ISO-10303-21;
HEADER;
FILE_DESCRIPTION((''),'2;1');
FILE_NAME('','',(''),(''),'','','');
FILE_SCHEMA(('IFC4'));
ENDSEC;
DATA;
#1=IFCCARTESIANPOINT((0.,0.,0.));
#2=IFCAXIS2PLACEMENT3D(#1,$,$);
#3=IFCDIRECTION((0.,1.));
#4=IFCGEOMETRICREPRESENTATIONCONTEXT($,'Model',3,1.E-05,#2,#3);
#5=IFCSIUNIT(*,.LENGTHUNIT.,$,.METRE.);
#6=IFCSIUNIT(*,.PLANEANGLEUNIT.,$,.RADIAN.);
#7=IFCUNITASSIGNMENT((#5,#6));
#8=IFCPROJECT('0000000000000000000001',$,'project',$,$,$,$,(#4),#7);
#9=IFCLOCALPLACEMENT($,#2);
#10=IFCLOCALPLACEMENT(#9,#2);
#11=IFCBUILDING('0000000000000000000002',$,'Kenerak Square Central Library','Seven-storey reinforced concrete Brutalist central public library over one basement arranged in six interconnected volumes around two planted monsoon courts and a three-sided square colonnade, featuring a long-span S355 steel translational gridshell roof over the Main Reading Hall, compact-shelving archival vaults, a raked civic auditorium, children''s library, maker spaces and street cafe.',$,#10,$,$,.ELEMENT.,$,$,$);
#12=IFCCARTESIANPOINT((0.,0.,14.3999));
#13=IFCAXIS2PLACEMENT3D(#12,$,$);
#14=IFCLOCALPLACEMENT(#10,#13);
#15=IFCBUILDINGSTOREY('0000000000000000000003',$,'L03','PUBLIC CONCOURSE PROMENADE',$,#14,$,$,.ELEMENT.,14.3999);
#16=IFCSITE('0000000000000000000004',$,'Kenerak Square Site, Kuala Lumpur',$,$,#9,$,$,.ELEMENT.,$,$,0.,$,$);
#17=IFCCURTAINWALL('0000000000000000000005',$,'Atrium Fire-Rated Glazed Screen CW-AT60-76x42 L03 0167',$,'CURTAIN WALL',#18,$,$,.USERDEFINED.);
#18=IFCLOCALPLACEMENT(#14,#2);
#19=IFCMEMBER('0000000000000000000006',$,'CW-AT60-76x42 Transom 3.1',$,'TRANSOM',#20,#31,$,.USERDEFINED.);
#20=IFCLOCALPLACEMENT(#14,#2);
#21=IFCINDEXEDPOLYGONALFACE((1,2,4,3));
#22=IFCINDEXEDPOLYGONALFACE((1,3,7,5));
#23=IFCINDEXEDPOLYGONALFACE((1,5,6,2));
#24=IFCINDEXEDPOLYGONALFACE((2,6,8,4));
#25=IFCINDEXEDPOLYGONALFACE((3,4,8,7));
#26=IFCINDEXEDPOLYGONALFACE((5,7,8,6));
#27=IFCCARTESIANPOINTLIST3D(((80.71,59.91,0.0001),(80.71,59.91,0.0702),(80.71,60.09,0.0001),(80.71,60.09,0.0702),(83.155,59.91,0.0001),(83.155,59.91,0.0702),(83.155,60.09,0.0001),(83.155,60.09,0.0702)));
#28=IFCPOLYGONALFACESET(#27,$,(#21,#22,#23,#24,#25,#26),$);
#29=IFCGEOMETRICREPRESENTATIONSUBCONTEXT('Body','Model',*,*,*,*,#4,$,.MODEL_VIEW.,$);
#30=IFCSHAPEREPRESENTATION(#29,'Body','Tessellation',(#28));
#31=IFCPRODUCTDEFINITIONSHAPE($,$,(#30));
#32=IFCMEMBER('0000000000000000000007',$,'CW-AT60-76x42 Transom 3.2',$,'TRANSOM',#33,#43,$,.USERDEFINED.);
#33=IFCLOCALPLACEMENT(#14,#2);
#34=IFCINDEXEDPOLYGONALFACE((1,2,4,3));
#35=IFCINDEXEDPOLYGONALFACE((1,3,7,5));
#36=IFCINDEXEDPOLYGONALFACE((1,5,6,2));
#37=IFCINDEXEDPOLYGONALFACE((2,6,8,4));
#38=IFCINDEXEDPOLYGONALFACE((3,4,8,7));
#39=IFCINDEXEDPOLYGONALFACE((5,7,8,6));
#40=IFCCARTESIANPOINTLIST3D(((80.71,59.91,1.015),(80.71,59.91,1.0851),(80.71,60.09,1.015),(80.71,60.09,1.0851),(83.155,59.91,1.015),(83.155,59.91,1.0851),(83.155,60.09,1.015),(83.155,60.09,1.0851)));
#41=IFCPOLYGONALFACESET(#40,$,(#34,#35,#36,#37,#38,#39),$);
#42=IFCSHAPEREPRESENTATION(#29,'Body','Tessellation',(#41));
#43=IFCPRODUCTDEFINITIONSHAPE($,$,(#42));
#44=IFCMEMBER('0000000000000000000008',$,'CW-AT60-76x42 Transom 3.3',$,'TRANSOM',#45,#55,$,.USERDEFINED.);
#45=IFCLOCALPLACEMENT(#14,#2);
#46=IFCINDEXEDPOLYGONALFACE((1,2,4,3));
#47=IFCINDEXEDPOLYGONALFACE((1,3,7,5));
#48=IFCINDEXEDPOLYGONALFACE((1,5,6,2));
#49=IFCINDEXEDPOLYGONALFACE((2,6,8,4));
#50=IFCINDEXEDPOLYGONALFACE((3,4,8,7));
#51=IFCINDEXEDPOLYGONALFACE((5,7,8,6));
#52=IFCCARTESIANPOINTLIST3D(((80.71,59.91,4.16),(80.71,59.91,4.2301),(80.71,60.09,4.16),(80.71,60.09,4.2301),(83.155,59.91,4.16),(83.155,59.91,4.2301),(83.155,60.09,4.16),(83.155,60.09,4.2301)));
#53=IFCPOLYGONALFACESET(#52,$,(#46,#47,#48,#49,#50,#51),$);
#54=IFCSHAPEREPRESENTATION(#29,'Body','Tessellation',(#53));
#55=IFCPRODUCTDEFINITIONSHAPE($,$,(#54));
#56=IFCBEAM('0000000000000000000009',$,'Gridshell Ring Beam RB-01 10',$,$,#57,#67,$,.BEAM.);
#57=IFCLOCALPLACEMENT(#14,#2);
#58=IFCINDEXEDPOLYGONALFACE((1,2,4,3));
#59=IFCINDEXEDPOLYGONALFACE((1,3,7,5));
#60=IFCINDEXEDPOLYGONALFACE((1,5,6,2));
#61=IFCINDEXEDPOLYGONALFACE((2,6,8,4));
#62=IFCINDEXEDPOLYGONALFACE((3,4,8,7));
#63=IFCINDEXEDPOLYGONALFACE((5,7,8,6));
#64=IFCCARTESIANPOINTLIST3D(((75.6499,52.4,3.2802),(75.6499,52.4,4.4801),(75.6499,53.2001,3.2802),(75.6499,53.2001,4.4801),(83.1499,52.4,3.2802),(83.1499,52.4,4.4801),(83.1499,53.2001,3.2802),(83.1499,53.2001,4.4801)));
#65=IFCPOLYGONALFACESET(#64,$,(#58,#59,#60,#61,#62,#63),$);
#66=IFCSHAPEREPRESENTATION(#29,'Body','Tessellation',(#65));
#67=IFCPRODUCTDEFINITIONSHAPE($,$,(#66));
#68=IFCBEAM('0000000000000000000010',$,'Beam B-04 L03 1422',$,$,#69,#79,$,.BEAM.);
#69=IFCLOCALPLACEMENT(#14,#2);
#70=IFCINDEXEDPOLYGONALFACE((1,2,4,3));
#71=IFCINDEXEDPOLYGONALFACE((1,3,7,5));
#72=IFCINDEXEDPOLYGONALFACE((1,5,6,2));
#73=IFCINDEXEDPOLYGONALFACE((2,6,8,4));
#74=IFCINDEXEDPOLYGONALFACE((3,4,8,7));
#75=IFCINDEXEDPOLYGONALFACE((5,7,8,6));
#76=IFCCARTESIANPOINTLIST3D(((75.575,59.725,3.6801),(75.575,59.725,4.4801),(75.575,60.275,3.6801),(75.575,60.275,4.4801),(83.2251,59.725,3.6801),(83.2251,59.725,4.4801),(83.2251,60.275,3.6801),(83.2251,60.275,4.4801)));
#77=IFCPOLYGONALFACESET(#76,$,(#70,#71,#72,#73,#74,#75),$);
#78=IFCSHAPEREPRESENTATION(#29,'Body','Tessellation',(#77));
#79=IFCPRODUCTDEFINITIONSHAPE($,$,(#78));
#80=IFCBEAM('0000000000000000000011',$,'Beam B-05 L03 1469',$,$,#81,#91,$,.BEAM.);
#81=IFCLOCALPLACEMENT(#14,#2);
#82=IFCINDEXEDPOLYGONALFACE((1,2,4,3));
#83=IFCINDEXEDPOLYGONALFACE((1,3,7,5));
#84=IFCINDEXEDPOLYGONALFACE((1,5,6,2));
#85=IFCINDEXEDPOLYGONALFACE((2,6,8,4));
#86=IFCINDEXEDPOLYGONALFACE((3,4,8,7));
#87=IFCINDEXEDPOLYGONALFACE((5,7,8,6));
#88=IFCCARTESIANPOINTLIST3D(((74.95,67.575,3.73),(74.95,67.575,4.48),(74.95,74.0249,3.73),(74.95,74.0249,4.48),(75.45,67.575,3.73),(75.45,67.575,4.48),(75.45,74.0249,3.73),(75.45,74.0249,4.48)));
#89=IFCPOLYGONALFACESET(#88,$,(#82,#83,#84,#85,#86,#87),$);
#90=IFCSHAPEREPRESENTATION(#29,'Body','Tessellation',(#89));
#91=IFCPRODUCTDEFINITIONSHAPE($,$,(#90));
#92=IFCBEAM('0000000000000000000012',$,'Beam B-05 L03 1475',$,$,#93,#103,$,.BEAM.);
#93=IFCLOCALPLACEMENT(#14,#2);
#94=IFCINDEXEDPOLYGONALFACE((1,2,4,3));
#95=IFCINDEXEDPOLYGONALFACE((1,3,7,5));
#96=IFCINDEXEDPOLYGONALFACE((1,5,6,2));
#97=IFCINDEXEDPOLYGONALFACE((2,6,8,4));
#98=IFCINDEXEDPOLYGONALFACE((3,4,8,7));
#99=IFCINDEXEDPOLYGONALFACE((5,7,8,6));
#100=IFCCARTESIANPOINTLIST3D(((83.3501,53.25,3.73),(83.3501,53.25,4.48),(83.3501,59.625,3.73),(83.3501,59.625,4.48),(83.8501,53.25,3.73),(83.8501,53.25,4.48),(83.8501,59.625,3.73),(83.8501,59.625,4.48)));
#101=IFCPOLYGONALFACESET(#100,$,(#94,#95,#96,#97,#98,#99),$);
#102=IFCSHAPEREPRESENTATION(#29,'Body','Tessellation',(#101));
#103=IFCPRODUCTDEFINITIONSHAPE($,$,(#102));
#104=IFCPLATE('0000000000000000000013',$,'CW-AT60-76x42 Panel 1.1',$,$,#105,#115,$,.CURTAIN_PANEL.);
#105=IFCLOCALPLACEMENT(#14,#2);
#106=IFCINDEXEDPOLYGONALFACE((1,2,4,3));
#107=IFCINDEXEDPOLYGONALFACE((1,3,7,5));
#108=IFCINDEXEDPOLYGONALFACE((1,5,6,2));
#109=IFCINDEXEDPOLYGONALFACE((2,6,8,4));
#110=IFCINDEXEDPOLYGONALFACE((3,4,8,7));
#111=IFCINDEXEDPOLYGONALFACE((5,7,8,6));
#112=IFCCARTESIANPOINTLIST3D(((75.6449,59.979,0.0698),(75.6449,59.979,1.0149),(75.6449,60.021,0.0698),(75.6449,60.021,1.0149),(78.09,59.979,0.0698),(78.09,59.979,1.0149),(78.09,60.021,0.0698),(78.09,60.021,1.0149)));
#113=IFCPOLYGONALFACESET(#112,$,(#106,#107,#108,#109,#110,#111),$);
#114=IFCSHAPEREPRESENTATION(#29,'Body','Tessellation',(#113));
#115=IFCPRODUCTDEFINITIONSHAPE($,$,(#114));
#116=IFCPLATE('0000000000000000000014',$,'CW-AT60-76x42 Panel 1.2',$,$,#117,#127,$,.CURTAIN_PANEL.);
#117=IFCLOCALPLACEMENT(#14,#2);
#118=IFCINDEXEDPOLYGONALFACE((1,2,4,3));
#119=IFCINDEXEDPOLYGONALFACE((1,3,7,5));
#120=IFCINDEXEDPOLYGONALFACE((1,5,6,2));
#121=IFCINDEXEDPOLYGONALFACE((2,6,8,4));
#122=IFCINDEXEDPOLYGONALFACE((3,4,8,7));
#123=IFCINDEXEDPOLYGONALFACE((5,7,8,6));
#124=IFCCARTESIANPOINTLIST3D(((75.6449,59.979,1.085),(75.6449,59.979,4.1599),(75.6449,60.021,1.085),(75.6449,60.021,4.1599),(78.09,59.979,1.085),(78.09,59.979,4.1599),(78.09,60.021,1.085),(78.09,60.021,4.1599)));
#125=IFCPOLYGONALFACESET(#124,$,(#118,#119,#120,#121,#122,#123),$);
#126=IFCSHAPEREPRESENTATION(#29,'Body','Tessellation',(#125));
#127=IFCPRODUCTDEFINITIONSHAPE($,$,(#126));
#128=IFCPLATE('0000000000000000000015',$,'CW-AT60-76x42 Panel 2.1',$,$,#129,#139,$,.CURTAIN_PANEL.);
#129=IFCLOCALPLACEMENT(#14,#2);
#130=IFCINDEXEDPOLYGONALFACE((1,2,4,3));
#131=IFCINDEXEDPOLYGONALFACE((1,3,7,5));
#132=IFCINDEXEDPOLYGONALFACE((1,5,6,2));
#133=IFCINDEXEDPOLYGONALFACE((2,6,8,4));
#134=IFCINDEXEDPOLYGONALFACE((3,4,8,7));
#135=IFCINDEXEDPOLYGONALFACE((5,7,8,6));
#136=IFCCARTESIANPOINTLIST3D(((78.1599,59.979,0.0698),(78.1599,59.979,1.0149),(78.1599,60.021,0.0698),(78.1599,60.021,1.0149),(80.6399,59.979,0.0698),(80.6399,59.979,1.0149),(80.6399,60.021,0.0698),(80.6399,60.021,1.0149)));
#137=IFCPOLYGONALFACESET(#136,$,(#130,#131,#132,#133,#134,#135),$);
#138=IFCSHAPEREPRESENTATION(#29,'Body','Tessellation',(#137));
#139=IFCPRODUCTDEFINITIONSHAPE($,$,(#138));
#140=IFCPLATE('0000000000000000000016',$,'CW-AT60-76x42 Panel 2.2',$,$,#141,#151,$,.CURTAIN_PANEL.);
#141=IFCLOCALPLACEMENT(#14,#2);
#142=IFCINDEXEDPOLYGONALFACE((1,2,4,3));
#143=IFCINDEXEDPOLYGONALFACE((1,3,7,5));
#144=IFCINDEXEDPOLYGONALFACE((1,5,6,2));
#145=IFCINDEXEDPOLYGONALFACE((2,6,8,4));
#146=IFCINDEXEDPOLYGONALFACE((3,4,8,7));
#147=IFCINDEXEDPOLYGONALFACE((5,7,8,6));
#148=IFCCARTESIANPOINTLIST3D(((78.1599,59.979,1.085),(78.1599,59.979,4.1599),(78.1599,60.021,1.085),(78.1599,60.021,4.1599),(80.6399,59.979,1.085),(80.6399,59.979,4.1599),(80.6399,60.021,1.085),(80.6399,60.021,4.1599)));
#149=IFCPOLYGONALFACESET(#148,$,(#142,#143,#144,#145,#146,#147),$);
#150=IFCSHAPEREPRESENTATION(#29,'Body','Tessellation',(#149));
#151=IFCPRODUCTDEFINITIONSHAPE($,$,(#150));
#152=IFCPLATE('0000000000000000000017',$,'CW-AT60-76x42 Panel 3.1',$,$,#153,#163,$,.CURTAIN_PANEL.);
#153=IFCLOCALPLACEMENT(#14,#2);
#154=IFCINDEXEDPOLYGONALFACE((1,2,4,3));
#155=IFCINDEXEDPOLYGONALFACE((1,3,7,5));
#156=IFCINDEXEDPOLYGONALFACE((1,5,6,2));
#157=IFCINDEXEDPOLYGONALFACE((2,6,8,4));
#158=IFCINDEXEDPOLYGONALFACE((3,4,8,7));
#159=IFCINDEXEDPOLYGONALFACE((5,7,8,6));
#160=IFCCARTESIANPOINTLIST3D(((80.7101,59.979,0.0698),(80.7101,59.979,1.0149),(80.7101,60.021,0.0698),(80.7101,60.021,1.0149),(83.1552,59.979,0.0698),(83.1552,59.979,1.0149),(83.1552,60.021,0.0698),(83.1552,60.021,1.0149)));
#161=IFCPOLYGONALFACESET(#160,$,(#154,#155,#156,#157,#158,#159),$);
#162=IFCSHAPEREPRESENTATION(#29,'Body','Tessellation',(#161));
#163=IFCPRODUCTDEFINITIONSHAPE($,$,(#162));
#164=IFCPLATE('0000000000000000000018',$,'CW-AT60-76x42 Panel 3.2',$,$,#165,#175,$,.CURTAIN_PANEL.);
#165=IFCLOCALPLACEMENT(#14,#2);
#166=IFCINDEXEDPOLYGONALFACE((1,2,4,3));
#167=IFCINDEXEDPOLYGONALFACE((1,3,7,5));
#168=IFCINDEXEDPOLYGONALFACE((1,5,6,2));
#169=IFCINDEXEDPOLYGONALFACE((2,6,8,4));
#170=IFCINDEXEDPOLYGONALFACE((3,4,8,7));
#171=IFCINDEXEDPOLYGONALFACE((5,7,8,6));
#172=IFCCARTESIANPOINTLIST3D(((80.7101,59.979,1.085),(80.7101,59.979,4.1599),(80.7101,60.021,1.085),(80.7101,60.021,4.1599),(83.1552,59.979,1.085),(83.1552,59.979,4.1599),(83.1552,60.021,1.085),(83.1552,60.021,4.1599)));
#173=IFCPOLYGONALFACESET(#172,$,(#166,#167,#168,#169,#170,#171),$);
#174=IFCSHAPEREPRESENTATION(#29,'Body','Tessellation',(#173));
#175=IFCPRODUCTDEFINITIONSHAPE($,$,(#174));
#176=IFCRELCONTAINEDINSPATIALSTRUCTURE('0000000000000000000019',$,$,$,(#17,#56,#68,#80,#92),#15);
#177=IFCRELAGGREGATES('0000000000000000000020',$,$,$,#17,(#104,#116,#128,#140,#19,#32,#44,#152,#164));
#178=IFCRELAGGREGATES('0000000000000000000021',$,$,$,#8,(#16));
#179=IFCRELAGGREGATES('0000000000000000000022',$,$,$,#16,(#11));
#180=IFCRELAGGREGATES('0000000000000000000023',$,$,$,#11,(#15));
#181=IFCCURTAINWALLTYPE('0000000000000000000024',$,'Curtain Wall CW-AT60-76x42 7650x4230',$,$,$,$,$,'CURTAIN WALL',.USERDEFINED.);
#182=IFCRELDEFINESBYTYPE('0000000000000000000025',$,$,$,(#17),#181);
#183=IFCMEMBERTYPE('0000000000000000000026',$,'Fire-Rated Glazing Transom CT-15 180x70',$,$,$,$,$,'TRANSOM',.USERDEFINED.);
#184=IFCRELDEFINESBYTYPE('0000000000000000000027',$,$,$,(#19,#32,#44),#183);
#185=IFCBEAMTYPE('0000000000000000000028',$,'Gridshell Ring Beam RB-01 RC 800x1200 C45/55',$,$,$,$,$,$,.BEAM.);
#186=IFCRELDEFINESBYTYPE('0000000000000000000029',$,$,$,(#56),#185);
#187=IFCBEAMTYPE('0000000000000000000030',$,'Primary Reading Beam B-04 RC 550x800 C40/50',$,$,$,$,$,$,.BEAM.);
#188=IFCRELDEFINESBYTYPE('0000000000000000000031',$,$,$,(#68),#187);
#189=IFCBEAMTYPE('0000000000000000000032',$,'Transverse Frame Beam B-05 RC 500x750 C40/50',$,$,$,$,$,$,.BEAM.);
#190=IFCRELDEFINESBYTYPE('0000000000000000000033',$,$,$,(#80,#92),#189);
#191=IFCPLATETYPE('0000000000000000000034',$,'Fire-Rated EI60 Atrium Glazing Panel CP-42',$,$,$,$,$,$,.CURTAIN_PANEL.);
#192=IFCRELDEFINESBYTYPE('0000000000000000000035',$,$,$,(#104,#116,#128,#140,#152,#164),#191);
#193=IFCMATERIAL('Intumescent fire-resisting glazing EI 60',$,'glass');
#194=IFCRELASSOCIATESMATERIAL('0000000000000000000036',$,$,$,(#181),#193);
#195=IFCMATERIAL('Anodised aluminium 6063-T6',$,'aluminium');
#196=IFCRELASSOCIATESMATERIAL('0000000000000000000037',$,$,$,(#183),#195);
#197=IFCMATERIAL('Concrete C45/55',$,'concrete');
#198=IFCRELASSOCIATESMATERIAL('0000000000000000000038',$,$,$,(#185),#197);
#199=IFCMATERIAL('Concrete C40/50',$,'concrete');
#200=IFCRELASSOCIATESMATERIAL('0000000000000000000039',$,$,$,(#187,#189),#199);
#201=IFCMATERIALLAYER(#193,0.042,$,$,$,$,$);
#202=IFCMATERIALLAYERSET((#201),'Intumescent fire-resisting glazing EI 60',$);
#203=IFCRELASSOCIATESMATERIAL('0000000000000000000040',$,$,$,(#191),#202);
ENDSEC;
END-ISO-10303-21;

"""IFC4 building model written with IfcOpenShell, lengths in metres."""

from ifc_helpers import new_model, si_unit, direction, frame, origin, origin_2d, place, context, subcontext, project, spatial, rectangle, extrude, material, layer, layer_set, material_profile, profile_set, type_object, element, aggregate, save


model = new_model("IFC4")

# Units and contexts
model_context = context("Model", 3, precision=1e-05, world=origin(), true_north=direction((0.0, 1.0)))
body_context = subcontext(model_context, "Body", "Model", "MODEL_VIEW")
ifc_project = project(units=[si_unit("LENGTHUNIT", "METRE"), si_unit("PLANEANGLEUNIT", "RADIAN")], contexts=[model_context])

# Site, building, storey
site_placement = place(None, origin())
site = spatial("IfcSite", under=ifc_project, at=site_placement, Name="Kenerak Square Site, Kuala Lumpur", CompositionType="ELEMENT", RefElevation=0.0)
building_placement = place(site_placement, origin())
building = spatial("IfcBuilding", under=site, at=building_placement, Name="Kenerak Square Central Library", Description="Seven-storey reinforced concrete Brutalist central public library over one basement arranged in six interconnected volumes around two planted monsoon courts and a three-sided square colonnade, featuring a long-span S355 steel translational gridshell roof over the Main Reading Hall, compact-shelving archival vaults, a raked civic auditorium, children's library, maker spaces and street cafe.", CompositionType="ELEMENT")
storey_placement = place(building_placement, frame((0.0, 0.0, 14.3999)))
storey = spatial("IfcBuildingStorey", under=building, at=storey_placement, Name="L03", Description="PUBLIC CONCOURSE PROMENADE", CompositionType="ELEMENT", Elevation=14.3999)

# Shared definitions
ifc_material_1 = material(Name="Concrete C40/50", Category="concrete")
ifc_material_2 = material(Name="Concrete C45/55", Category="concrete")

# Curtain wall, members
ifc_material_3 = material(Name="Intumescent fire-resisting glazing EI 60", Category="glass")
curtain_wall_type = type_object("IfcCurtainWallType", Name="Curtain Wall CW-AT60-76x42 7650x4230", ElementType="CURTAIN WALL", PredefinedType="USERDEFINED", material=ifc_material_3)
curtain_wall_placement = place(storey_placement, origin())
curtain_wall = element("IfcCurtainWall", 1, at=curtain_wall_placement, inside=storey, type_object=curtain_wall_type, Name="Atrium Fire-Rated Glazed Screen CW-AT60-76x42 L03 0167", ObjectType="CURTAIN WALL", PredefinedType="USERDEFINED")
ifc_material_4 = material(Name="Anodised aluminium 6063-T6", Category="aluminium")
ifc_material_profile_1 = material_profile(ifc_material_4, rectangle(XDim=0.1799, YDim=0.0701, at=origin_2d()), Name="AL TRANSOM 180x70")
ifc_profile_set_1 = profile_set([ifc_material_profile_1], Name="Anodised aluminium 6063-T6")
member_type_1 = type_object("IfcMemberType", Name="Fire-Rated Glazing Transom CT-15 180x70", ElementType="TRANSOM", PredefinedType="USERDEFINED", material=ifc_profile_set_1)
member_1_placement = place(storey_placement, frame((80.71, 60.0, 0.0352), z_axis=(1.0, 0.0, 0.0), x_axis=(0.0, 1.0, 0.0)))
member_1 = element("IfcMember", 2, at=member_1_placement, type_object=member_type_1, Name="CW-AT60-76x42 Transom 3.1", ObjectType="TRANSOM", PredefinedType="USERDEFINED", context=body_context, shape_type="SweptSolid", body=[
    extrude(rectangle(XDim=0.1799, YDim=0.0701, at=origin_2d()), origin(), (0.0, 0.0, 1.0), 2.4451),
])
member_2_placement = place(storey_placement, frame((80.71, 60.0, 1.05), z_axis=(1.0, 0.0, 0.0), x_axis=(0.0, 1.0, 0.0)))
member_2 = element("IfcMember", 3, at=member_2_placement, type_object=member_type_1, Name="CW-AT60-76x42 Transom 3.2", ObjectType="TRANSOM", PredefinedType="USERDEFINED", context=body_context, shape_type="SweptSolid", body=[
    extrude(rectangle(XDim=0.1799, YDim=0.0701, at=origin_2d()), origin(), (0.0, 0.0, 1.0), 2.4451),
])
member_3_placement = place(storey_placement, frame((80.71, 60.0, 4.1951), z_axis=(1.0, 0.0, 0.0), x_axis=(0.0, 1.0, 0.0)))
member_3 = element("IfcMember", 4, at=member_3_placement, type_object=member_type_1, Name="CW-AT60-76x42 Transom 3.3", ObjectType="TRANSOM", PredefinedType="USERDEFINED", context=body_context, shape_type="SweptSolid", body=[
    extrude(rectangle(XDim=0.1799, YDim=0.0701, at=origin_2d()), origin(), (0.0, 0.0, 1.0), 2.4451),
])

# Beams
ifc_material_profile_2 = material_profile(ifc_material_2, rectangle(XDim=0.8, YDim=1.2, at=origin_2d()), Name="RC 800x1200")
ifc_profile_set_2 = profile_set([ifc_material_profile_2], Name="Concrete C45/55")
beam_type_1 = type_object("IfcBeamType", Name="Gridshell Ring Beam RB-01 RC 800x1200 C45/55", PredefinedType="BEAM", material=ifc_profile_set_2)
beam_1_placement = place(storey_placement, frame((75.6499, 52.8, 3.8801), z_axis=(1.0, 0.0, 0.0), x_axis=(0.0, 1.0, 0.0)))
element("IfcBeam", 5, at=beam_1_placement, inside=storey, type_object=beam_type_1, Name="Gridshell Ring Beam RB-01 10", PredefinedType="BEAM", context=body_context, shape_type="SweptSolid", body=[
    extrude(rectangle(XDim=0.8, YDim=1.2, at=origin_2d()), origin(), (0.0, 0.0, 1.0), 7.5),
])
ifc_material_profile_3 = material_profile(ifc_material_1, rectangle(XDim=0.55, YDim=0.8, at=origin_2d()), Name="RC 550x800")
ifc_profile_set_3 = profile_set([ifc_material_profile_3], Name="Concrete C40/50")
beam_type_2 = type_object("IfcBeamType", Name="Primary Reading Beam B-04 RC 550x800 C40/50", PredefinedType="BEAM", material=ifc_profile_set_3)
beam_2_placement = place(storey_placement, frame((75.575, 60.0, 4.0801), z_axis=(1.0, 0.0, 0.0), x_axis=(0.0, 1.0, 0.0)))
element("IfcBeam", 6, at=beam_2_placement, inside=storey, type_object=beam_type_2, Name="Beam B-04 L03 1422", PredefinedType="BEAM", context=body_context, shape_type="SweptSolid", body=[
    extrude(rectangle(XDim=0.55, YDim=0.8, at=origin_2d()), origin(), (0.0, 0.0, 1.0), 7.6501),
])
ifc_material_profile_4 = material_profile(ifc_material_1, rectangle(XDim=0.5, YDim=0.75, at=origin_2d()), Name="RC 500x750")
ifc_profile_set_4 = profile_set([ifc_material_profile_4], Name="Concrete C40/50")
beam_type_3 = type_object("IfcBeamType", Name="Transverse Frame Beam B-05 RC 500x750 C40/50", PredefinedType="BEAM", material=ifc_profile_set_4)
beam_3_placement = place(storey_placement, frame((75.2, 67.575, 4.105), z_axis=(0.0, 1.0, 0.0), x_axis=(-1.0, 0.0, 0.0)))
element("IfcBeam", 7, at=beam_3_placement, inside=storey, type_object=beam_type_3, Name="Beam B-05 L03 1469", PredefinedType="BEAM", context=body_context, shape_type="SweptSolid", body=[
    extrude(rectangle(XDim=0.5, YDim=0.75, at=origin_2d()), origin(), (0.0, 0.0, 1.0), 6.45),
])
beam_4_placement = place(storey_placement, frame((83.6001, 53.25, 4.105), z_axis=(0.0, 1.0, 0.0), x_axis=(-1.0, 0.0, 0.0)))
element("IfcBeam", 8, at=beam_4_placement, inside=storey, type_object=beam_type_3, Name="Beam B-05 L03 1475", PredefinedType="BEAM", context=body_context, shape_type="SweptSolid", body=[
    extrude(rectangle(XDim=0.5, YDim=0.75, at=origin_2d()), origin(), (0.0, 0.0, 1.0), 6.375),
])

# Plates
ifc_layer = layer(ifc_material_3, 0.042)
ifc_layer_set = layer_set([ifc_layer], Name="Intumescent fire-resisting glazing EI 60")
plate_type = type_object("IfcPlateType", Name="Fire-Rated EI60 Atrium Glazing Panel CP-42", PredefinedType="CURTAIN_PANEL", material=ifc_layer_set)
plate_1_placement = place(storey_placement, frame((76.8674, 60.0, 0.0698), z_axis=(0.0, 0.0, 1.0), x_axis=(1.0, 0.0, 0.0)))
plate_1 = element("IfcPlate", 9, at=plate_1_placement, type_object=plate_type, Name="CW-AT60-76x42 Panel 1.1", PredefinedType="CURTAIN_PANEL", context=body_context, shape_type="SweptSolid", body=[
    extrude(rectangle(XDim=2.4451, YDim=0.042, at=origin_2d()), origin(), (0.0, 0.0, 1.0), 0.9451),
])
plate_2_placement = place(storey_placement, frame((76.8674, 60.0, 1.085), z_axis=(0.0, 0.0, 1.0), x_axis=(1.0, 0.0, 0.0)))
plate_2 = element("IfcPlate", 10, at=plate_2_placement, type_object=plate_type, Name="CW-AT60-76x42 Panel 1.2", PredefinedType="CURTAIN_PANEL", context=body_context, shape_type="SweptSolid", body=[
    extrude(rectangle(XDim=2.4451, YDim=0.042, at=origin_2d()), origin(), (0.0, 0.0, 1.0), 3.075),
])
plate_3_placement = place(storey_placement, frame((79.3999, 60.0, 0.0698), z_axis=(0.0, 0.0, 1.0), x_axis=(1.0, 0.0, 0.0)))
plate_3 = element("IfcPlate", 11, at=plate_3_placement, type_object=plate_type, Name="CW-AT60-76x42 Panel 2.1", PredefinedType="CURTAIN_PANEL", context=body_context, shape_type="SweptSolid", body=[
    extrude(rectangle(XDim=2.48, YDim=0.042, at=origin_2d()), origin(), (0.0, 0.0, 1.0), 0.9451),
])
plate_4_placement = place(storey_placement, frame((79.3999, 60.0, 1.085), z_axis=(0.0, 0.0, 1.0), x_axis=(1.0, 0.0, 0.0)))
plate_4 = element("IfcPlate", 12, at=plate_4_placement, type_object=plate_type, Name="CW-AT60-76x42 Panel 2.2", PredefinedType="CURTAIN_PANEL", context=body_context, shape_type="SweptSolid", body=[
    extrude(rectangle(XDim=2.48, YDim=0.042, at=origin_2d()), origin(), (0.0, 0.0, 1.0), 3.075),
])
plate_5_placement = place(storey_placement, frame((81.9326, 60.0, 0.0698), z_axis=(0.0, 0.0, 1.0), x_axis=(1.0, 0.0, 0.0)))
plate_5 = element("IfcPlate", 13, at=plate_5_placement, type_object=plate_type, Name="CW-AT60-76x42 Panel 3.1", PredefinedType="CURTAIN_PANEL", context=body_context, shape_type="SweptSolid", body=[
    extrude(rectangle(XDim=2.4451, YDim=0.042, at=origin_2d()), origin(), (0.0, 0.0, 1.0), 0.9451),
])
plate_6_placement = place(storey_placement, frame((81.9326, 60.0, 1.085), z_axis=(0.0, 0.0, 1.0), x_axis=(1.0, 0.0, 0.0)))
plate_6 = element("IfcPlate", 14, at=plate_6_placement, type_object=plate_type, Name="CW-AT60-76x42 Panel 3.2", PredefinedType="CURTAIN_PANEL", context=body_context, shape_type="SweptSolid", body=[
    extrude(rectangle(XDim=2.4451, YDim=0.042, at=origin_2d()), origin(), (0.0, 0.0, 1.0), 3.075),
])
aggregate(curtain_wall, [plate_1, plate_2, plate_3, plate_4, member_1, member_2, member_3, plate_5, plate_6])

save(model, "model.ifc")
